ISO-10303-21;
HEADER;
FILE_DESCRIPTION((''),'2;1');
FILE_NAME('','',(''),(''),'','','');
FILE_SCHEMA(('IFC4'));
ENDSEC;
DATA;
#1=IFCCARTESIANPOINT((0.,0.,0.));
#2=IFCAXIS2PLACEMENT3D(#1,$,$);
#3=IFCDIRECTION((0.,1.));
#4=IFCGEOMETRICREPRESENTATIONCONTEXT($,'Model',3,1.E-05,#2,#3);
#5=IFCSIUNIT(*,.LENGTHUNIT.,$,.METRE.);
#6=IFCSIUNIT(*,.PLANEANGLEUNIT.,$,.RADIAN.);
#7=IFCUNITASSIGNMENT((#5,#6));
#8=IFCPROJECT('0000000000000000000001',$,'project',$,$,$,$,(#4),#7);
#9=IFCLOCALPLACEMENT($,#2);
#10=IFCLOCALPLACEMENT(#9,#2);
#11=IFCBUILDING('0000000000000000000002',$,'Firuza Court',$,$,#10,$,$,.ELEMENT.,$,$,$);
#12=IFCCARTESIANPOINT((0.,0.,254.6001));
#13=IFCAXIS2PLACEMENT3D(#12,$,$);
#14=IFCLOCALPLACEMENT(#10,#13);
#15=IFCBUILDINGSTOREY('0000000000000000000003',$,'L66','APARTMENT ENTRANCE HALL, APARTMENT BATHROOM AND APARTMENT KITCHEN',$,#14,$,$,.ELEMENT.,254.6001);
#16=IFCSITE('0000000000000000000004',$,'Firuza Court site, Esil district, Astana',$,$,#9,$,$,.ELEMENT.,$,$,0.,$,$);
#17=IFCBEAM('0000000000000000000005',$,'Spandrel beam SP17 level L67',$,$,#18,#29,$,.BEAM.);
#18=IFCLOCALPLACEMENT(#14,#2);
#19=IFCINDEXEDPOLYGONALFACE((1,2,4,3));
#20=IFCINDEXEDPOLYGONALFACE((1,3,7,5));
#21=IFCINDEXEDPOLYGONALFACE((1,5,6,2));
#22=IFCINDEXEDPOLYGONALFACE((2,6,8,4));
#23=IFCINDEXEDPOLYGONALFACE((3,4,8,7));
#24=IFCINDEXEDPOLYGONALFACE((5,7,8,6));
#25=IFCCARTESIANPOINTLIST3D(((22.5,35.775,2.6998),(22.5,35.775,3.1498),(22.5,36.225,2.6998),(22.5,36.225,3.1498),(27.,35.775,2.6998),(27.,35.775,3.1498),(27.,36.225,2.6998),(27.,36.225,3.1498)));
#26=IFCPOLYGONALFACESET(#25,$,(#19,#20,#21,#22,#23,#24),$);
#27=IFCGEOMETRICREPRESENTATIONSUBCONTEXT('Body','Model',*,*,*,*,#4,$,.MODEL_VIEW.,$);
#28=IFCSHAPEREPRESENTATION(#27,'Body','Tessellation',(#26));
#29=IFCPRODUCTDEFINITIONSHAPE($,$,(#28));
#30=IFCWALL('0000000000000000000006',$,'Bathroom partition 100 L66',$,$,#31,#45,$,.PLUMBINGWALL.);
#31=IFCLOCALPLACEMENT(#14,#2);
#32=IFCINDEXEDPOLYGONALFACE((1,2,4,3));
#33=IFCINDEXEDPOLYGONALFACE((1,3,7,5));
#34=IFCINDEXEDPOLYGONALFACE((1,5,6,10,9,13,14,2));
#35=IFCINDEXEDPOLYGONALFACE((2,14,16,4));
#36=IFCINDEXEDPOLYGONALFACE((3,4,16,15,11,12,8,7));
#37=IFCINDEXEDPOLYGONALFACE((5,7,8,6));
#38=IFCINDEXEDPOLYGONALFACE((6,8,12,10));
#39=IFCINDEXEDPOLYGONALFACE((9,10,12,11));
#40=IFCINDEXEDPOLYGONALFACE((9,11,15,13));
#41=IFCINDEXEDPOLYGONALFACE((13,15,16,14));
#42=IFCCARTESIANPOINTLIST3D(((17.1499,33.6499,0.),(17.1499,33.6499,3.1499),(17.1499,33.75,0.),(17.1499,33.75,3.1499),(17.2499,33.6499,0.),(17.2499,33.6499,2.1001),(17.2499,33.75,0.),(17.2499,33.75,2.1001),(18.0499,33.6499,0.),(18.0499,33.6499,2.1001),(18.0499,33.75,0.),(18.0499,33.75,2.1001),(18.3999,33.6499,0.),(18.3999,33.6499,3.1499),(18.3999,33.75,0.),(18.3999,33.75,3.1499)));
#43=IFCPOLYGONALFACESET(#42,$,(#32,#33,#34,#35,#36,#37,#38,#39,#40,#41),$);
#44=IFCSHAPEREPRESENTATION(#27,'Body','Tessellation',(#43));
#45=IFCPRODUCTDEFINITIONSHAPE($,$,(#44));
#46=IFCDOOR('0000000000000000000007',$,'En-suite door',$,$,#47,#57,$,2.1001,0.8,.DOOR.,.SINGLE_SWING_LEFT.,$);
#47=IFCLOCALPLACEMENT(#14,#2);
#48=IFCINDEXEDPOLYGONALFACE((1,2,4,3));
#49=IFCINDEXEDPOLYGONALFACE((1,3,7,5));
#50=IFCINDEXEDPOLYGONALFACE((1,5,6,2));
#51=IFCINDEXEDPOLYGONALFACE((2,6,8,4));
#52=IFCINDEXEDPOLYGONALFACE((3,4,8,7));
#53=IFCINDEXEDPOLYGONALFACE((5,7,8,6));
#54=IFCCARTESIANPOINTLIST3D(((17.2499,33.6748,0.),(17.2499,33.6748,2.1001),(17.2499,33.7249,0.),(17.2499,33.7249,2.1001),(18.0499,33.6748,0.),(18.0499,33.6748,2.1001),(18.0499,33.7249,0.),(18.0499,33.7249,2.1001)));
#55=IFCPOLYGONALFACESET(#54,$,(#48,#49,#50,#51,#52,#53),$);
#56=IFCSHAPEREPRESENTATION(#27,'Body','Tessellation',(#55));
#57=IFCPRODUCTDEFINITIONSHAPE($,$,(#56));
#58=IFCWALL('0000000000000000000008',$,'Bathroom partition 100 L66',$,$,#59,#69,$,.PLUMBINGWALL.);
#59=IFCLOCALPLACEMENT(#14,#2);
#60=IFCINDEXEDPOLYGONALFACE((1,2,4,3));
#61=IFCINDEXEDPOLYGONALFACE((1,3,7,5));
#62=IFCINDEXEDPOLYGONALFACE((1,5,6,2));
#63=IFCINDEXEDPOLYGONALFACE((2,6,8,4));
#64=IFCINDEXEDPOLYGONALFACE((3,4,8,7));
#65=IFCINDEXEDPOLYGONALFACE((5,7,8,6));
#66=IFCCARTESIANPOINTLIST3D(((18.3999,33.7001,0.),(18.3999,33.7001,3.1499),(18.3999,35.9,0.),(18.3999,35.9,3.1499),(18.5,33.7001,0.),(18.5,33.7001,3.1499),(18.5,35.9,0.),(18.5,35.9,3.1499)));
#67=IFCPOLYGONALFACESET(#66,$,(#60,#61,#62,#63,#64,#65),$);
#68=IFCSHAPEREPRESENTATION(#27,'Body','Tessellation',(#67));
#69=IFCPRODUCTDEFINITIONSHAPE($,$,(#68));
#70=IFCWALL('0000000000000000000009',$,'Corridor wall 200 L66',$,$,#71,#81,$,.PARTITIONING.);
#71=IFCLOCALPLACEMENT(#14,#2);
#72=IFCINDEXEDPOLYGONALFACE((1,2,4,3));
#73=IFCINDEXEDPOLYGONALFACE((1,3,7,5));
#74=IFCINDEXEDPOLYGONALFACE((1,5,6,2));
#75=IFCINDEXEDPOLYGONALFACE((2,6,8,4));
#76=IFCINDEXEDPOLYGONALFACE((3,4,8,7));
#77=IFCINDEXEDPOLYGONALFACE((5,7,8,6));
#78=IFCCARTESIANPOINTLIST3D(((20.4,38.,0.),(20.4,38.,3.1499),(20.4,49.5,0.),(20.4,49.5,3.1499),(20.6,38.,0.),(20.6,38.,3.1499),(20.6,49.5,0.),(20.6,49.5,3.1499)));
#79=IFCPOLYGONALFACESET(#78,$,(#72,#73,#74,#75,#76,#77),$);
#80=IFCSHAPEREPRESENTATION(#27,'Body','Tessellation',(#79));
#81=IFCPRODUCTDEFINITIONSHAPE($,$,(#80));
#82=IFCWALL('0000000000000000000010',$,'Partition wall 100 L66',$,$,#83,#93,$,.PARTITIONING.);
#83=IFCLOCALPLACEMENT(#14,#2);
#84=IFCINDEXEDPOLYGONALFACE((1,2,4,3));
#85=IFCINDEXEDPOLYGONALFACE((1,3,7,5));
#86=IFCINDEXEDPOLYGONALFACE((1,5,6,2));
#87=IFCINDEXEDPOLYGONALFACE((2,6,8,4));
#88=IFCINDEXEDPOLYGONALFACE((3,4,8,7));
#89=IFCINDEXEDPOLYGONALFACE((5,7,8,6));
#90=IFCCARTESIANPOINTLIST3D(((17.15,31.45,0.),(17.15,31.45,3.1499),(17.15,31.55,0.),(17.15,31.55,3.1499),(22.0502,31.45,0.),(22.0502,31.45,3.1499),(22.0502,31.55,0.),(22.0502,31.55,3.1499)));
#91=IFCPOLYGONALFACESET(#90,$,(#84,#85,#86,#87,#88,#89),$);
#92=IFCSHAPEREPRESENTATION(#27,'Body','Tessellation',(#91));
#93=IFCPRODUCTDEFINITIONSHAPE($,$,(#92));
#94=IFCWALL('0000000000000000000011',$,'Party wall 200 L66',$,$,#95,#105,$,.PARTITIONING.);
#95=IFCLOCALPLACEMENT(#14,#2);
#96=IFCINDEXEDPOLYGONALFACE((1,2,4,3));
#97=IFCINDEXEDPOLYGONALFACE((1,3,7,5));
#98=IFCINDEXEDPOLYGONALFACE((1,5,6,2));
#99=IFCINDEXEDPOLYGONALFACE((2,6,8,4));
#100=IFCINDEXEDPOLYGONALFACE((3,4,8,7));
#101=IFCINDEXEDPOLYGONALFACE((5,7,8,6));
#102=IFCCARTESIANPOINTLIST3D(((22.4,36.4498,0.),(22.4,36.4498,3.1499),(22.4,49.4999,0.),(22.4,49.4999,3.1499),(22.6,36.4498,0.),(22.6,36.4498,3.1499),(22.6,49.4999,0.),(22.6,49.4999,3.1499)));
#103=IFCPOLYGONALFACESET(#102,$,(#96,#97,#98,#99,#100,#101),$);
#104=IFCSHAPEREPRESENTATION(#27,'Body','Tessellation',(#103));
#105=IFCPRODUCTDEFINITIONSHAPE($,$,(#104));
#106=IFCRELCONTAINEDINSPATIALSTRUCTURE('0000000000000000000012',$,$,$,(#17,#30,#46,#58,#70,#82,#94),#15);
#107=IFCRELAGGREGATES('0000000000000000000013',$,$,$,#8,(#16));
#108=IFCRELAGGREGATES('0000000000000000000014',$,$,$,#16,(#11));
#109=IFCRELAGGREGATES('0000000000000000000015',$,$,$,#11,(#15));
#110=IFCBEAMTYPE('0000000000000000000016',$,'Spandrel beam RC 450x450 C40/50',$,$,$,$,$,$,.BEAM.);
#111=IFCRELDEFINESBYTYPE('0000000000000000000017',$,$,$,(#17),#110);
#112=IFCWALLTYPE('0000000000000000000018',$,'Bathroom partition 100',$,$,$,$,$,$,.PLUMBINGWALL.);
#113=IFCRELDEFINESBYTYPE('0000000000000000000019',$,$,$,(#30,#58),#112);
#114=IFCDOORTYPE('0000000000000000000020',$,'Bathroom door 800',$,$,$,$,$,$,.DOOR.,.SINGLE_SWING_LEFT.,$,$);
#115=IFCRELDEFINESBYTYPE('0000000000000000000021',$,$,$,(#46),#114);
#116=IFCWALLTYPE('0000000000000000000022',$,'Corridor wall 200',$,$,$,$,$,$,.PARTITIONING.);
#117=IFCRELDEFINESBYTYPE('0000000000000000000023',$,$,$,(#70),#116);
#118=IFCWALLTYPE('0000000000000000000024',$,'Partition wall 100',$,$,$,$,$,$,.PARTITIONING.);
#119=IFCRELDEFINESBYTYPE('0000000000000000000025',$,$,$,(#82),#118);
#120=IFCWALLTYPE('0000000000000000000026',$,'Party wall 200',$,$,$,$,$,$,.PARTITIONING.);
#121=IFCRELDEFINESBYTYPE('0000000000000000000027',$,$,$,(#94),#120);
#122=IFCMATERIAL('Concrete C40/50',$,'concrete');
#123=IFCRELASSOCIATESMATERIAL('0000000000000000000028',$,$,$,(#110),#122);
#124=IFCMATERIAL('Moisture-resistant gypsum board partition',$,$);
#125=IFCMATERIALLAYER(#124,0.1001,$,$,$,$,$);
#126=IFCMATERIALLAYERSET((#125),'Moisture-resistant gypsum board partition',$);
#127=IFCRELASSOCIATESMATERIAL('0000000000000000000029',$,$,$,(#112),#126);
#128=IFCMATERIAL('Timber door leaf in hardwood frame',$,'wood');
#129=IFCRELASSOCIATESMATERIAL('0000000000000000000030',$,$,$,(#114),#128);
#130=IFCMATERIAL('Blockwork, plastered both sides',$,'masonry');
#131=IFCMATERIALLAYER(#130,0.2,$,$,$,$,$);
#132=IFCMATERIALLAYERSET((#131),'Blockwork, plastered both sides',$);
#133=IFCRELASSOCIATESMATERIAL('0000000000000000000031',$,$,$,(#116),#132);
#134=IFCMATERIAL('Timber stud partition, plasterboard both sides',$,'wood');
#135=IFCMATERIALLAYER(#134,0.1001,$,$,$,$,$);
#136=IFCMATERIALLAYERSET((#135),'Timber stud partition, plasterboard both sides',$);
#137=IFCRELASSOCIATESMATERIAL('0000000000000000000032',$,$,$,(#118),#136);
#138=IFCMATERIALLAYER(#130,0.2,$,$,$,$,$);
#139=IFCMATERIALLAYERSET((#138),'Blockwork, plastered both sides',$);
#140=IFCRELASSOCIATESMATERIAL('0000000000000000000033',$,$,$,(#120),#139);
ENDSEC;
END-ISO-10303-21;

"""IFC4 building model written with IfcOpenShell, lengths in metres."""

from ifc_helpers import new_model, si_unit, direction, frame, frame_2d, origin, origin_2d, place, context, subcontext, project, spatial, rectangle, extrude, material, layer, layer_set, material_profile, profile_set, type_object, element, fill, save


model = new_model("IFC4")

# Units and contexts
model_context = context("Model", 3, precision=1e-05, world=origin(), true_north=direction((0.0, 1.0)))
body_context = subcontext(model_context, "Body", "Model", "MODEL_VIEW")
ifc_project = project(units=[si_unit("LENGTHUNIT", "METRE"), si_unit("PLANEANGLEUNIT", "RADIAN")], contexts=[model_context])

# Site, building, storey
site_placement = place(None, origin())
site = spatial("IfcSite", under=ifc_project, at=site_placement, Name="Firuza Court site, Esil district, Astana", CompositionType="ELEMENT", RefElevation=0.0)
building_placement = place(site_placement, origin())
building = spatial("IfcBuilding", under=site, at=building_placement, Name="Firuza Court", CompositionType="ELEMENT")
storey_placement = place(building_placement, frame((0.0, 0.0, 254.6001)))
storey = spatial("IfcBuildingStorey", under=building, at=storey_placement, Name="L66", Description="APARTMENT ENTRANCE HALL, APARTMENT BATHROOM AND APARTMENT KITCHEN", CompositionType="ELEMENT", Elevation=254.6001)

# Beam
ifc_material_1 = material(Name="Concrete C40/50", Category="concrete")
ifc_material_profile_1 = material_profile(ifc_material_1, rectangle(XDim=0.45, YDim=0.45, at=origin_2d()), Name="RC 450x450")
ifc_profile_set_1 = profile_set([ifc_material_profile_1], Name="Concrete C40/50")
beam_type_1 = type_object("IfcBeamType", Name="Spandrel beam RC 450x450 C40/50", PredefinedType="BEAM", material=ifc_profile_set_1)
for number, where, z_axis, x_axis, name in (
    (1, (22.5, 36.0, 2.9248), (1.0, 0.0, 0.0), (0.0, 1.0, 0.0), "Spandrel beam SP17 level L67"),
):
    element("IfcBeam", number, at=place(storey_placement, frame(where, z_axis=z_axis, x_axis=x_axis)), inside=storey, type_object=beam_type_1, Name=name, PredefinedType="BEAM", context=body_context, shape_type="SweptSolid", body=[
        extrude(rectangle(XDim=0.45, YDim=0.45, at=origin_2d()), origin(), (0.0, 0.0, 1.0), 4.5),
    ])

# Wall, opening, door
ifc_material_2 = material(Name="Moisture-resistant gypsum board partition")
ifc_layer_1 = layer(ifc_material_2, 0.1001)
ifc_layer_set_1 = layer_set([ifc_layer_1], Name="Moisture-resistant gypsum board partition")
wall_type_1 = type_object("IfcWallType", Name="Bathroom partition 100", PredefinedType="PLUMBINGWALL", material=ifc_layer_set_1)
wall_1_placement = place(storey_placement, frame((17.1499, 33.7, 0.0), z_axis=(0.0, 0.0, 1.0), x_axis=(1.0, 0.0, 0.0)))
wall_1 = element("IfcWall", 2, at=wall_1_placement, inside=storey, type_object=wall_type_1, Name="Bathroom partition 100 L66", PredefinedType="PLUMBINGWALL", context=body_context, shape_type="SweptSolid", body=[
    extrude(rectangle(XDim=1.25, YDim=0.1001, at=frame_2d((0.625, 0.0))), origin(), (0.0, 0.0, 1.0), 3.1499),
])
opening_1_placement = place(wall_1_placement, frame((0.1001, 0.0, 0.0)))
opening_1 = element("IfcOpeningElement", 3, at=opening_1_placement, cuts=wall_1, PredefinedType="OPENING", context=body_context, shape_type="SweptSolid", body=[
    extrude(rectangle(XDim=0.8, YDim=2.1001, at=frame_2d((0.3999, 1.05))), frame((0.0, 0.062, 0.0), z_axis=(0.0, -1.0, 0.0), x_axis=(1.0, 0.0, 0.0)), (0.0, 0.0, 1.0), 0.124),
])
ifc_material_3 = material(Name="Timber door leaf in hardwood frame", Category="wood")
door_type = type_object("IfcDoorType", Name="Bathroom door 800", OperationType="SINGLE_SWING_LEFT", PredefinedType="DOOR", material=ifc_material_3)
door_placement = place(opening_1_placement, origin())
door = element("IfcDoor", 4, at=door_placement, inside=storey, type_object=door_type, Name="En-suite door", OperationType="SINGLE_SWING_LEFT", OverallHeight=2.1001, OverallWidth=0.8, PredefinedType="DOOR", context=body_context, shape_type="SweptSolid", body=[
    extrude(rectangle(XDim=0.8, YDim=2.1001, at=frame_2d((0.3999, 1.05))), frame((0.0, 0.0249, 0.0), z_axis=(0.0, -1.0, 0.0), x_axis=(1.0, 0.0, 0.0)), (0.0, 0.0, 1.0), 0.05),
])
fill(opening_1, door)

# Walls
wall_2_placement = place(storey_placement, frame((18.45, 33.7, 0.0), z_axis=(0.0, 0.0, 1.0), x_axis=(0.0, 1.0, 0.0)))
element("IfcWall", 5, at=wall_2_placement, inside=storey, type_object=wall_type_1, Name="Bathroom partition 100 L66", PredefinedType="PLUMBINGWALL", context=body_context, shape_type="SweptSolid", body=[
    extrude(rectangle(XDim=2.2, YDim=0.1001, at=frame_2d((1.1001, 0.0))), origin(), (0.0, 0.0, 1.0), 3.1499),
])
ifc_material_4 = material(Name="Blockwork, plastered both sides", Category="masonry")
ifc_layer_2 = layer(ifc_material_4, 0.2)
ifc_layer_set_2 = layer_set([ifc_layer_2], Name="Blockwork, plastered both sides")
wall_type_2 = type_object("IfcWallType", Name="Corridor wall 200", PredefinedType="PARTITIONING", material=ifc_layer_set_2)
wall_3_placement = place(storey_placement, frame((20.5, 38.0, 0.0), z_axis=(0.0, 0.0, 1.0), x_axis=(0.0, 1.0, 0.0)))
element("IfcWall", 6, at=wall_3_placement, inside=storey, type_object=wall_type_2, Name="Corridor wall 200 L66", PredefinedType="PARTITIONING", context=body_context, shape_type="SweptSolid", body=[
    extrude(rectangle(XDim=11.5, YDim=0.2, at=frame_2d((5.75, 0.0))), origin(), (0.0, 0.0, 1.0), 3.1499),
])
ifc_material_5 = material(Name="Timber stud partition, plasterboard both sides", Category="wood")
ifc_layer_3 = layer(ifc_material_5, 0.1001)
ifc_layer_set_3 = layer_set([ifc_layer_3], Name="Timber stud partition, plasterboard both sides")
wall_type_3 = type_object("IfcWallType", Name="Partition wall 100", PredefinedType="PARTITIONING", material=ifc_layer_set_3)
wall_4_placement = place(storey_placement, frame((17.1499, 31.5, 0.0), z_axis=(0.0, 0.0, 1.0), x_axis=(1.0, 0.0, 0.0)))
element("IfcWall", 7, at=wall_4_placement, inside=storey, type_object=wall_type_3, Name="Partition wall 100 L66", PredefinedType="PARTITIONING", context=body_context, shape_type="SweptSolid", body=[
    extrude(rectangle(XDim=4.9001, YDim=0.1001, at=frame_2d((2.4502, 0.0))), origin(), (0.0, 0.0, 1.0), 3.1499),
])
ifc_layer_4 = layer(ifc_material_4, 0.2)
ifc_layer_set_4 = layer_set([ifc_layer_4], Name="Blockwork, plastered both sides")
wall_type_4 = type_object("IfcWallType", Name="Party wall 200", PredefinedType="PARTITIONING", material=ifc_layer_set_4)
wall_5_placement = place(storey_placement, frame((22.5, 36.45, 0.0), z_axis=(0.0, 0.0, 1.0), x_axis=(0.0, 1.0, 0.0)))
element("IfcWall", 8, at=wall_5_placement, inside=storey, type_object=wall_type_4, Name="Party wall 200 L66", PredefinedType="PARTITIONING", context=body_context, shape_type="SweptSolid", body=[
    extrude(rectangle(XDim=13.05, YDim=0.2, at=frame_2d((6.5249, 0.0))), origin(), (0.0, 0.0, 1.0), 3.1499),
])

save(model, "model.ifc")
